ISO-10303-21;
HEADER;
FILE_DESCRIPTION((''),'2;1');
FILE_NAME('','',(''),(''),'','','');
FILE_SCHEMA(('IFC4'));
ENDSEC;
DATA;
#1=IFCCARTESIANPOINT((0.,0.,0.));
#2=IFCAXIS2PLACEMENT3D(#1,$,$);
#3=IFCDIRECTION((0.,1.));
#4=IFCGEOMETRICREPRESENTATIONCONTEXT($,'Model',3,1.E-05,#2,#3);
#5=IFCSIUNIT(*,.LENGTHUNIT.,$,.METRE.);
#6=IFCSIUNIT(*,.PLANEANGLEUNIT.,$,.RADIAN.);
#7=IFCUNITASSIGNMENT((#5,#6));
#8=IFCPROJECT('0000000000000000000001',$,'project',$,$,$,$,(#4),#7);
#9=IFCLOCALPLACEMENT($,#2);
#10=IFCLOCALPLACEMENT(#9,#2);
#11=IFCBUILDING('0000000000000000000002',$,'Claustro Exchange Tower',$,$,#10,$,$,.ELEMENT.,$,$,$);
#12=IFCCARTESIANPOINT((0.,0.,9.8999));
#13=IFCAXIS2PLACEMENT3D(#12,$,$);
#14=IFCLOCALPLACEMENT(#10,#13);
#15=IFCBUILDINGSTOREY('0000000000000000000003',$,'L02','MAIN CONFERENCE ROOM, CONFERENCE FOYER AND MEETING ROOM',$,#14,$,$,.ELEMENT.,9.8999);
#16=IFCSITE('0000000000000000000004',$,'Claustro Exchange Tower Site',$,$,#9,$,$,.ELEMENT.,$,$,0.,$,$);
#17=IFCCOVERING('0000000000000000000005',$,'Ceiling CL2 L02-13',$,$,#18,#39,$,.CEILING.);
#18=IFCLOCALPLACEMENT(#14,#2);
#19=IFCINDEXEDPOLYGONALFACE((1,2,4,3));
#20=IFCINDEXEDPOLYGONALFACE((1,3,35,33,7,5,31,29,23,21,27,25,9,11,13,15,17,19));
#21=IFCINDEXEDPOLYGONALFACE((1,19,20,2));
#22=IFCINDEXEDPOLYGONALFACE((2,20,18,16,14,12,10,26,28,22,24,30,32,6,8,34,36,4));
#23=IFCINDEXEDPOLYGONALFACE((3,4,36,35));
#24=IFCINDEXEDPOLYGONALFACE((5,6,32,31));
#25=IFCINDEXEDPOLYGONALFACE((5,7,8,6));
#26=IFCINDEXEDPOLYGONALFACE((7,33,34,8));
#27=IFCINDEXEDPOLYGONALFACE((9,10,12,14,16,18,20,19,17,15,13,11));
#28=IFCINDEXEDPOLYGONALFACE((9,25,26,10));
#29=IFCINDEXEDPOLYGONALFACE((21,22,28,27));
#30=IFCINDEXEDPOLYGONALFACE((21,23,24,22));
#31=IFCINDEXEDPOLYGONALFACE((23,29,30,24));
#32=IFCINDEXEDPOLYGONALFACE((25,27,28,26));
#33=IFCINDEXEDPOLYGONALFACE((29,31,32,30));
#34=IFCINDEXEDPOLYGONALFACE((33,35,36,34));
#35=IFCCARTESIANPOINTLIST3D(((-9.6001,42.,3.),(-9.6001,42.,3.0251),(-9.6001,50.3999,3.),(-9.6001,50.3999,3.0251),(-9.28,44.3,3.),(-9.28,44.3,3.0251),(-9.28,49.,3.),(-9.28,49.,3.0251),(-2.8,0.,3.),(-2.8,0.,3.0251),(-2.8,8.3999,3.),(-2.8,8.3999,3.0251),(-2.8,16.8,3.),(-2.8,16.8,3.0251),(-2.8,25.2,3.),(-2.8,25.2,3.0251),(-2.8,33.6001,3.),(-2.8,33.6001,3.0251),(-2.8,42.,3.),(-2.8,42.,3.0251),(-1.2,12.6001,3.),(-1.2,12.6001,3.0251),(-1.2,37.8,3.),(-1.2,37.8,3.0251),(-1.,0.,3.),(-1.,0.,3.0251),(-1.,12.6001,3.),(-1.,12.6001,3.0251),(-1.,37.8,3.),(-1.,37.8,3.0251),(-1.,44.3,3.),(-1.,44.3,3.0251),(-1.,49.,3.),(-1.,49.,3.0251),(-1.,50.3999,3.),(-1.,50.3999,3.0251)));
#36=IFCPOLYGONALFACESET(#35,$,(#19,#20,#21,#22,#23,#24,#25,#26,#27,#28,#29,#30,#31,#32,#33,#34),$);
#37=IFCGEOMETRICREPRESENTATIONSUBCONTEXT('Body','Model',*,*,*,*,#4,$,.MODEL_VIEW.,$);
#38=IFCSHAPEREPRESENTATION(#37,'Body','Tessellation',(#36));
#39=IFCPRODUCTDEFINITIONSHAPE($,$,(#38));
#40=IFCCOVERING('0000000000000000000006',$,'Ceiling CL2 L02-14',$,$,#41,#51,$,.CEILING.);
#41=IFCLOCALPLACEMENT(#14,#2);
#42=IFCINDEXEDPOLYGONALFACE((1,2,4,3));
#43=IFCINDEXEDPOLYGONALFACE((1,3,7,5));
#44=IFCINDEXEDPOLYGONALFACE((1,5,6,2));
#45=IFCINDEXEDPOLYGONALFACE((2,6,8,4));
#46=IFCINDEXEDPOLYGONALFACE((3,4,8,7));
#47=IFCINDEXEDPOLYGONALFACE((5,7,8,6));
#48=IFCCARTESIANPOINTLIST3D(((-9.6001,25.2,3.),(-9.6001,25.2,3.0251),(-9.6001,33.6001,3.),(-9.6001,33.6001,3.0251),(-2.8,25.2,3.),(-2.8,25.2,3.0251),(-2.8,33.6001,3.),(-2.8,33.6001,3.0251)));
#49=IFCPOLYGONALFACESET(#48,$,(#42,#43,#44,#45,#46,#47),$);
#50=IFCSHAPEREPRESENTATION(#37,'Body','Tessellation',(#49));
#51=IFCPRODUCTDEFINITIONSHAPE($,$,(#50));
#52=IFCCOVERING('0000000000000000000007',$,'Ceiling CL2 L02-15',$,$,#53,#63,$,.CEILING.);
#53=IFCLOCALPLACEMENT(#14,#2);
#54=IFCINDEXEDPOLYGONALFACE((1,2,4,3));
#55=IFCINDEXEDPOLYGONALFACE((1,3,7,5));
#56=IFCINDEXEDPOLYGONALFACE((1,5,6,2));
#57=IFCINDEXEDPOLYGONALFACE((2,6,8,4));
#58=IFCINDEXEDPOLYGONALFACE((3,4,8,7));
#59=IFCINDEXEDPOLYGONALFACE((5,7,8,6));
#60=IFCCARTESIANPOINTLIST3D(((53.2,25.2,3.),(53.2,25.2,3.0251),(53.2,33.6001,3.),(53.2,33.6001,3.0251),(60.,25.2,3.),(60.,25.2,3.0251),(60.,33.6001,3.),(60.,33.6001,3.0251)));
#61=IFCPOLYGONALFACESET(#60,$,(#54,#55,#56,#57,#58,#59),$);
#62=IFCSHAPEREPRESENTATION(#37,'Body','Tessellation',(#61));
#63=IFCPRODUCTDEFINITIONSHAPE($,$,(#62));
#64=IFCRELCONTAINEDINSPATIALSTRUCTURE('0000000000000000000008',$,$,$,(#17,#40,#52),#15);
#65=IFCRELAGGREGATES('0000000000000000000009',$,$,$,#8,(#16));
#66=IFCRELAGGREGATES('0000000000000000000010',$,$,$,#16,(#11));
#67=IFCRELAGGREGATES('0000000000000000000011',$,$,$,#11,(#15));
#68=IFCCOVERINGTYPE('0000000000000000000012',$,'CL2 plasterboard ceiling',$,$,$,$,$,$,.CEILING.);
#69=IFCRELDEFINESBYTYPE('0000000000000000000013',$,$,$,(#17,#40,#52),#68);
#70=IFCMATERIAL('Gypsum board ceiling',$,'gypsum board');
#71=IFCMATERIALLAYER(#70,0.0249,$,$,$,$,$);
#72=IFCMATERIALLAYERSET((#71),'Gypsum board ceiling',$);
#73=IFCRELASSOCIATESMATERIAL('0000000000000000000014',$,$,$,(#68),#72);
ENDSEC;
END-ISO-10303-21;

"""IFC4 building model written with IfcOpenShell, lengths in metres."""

from ifc_helpers import new_model, si_unit, direction, frame, origin, place, context, subcontext, project, spatial, polyline, outline, extrude, material, layer, layer_set, type_object, element, save


model = new_model("IFC4")

# Units and contexts
model_context = context("Model", 3, precision=1e-05, world=origin(), true_north=direction((0.0, 1.0)))
body_context = subcontext(model_context, "Body", "Model", "MODEL_VIEW")
ifc_project = project(units=[si_unit("LENGTHUNIT", "METRE"), si_unit("PLANEANGLEUNIT", "RADIAN")], contexts=[model_context])

# Site, building, storey
site_placement = place(None, origin())
site = spatial("IfcSite", under=ifc_project, at=site_placement, Name="Claustro Exchange Tower Site", CompositionType="ELEMENT", RefElevation=0.0)
building_placement = place(site_placement, origin())
building = spatial("IfcBuilding", under=site, at=building_placement, Name="Claustro Exchange Tower", CompositionType="ELEMENT")
storey_placement = place(building_placement, frame((0.0, 0.0, 9.8999)))
storey = spatial("IfcBuildingStorey", under=building, at=storey_placement, Name="L02", Description="MAIN CONFERENCE ROOM, CONFERENCE FOYER AND MEETING ROOM", CompositionType="ELEMENT", Elevation=9.8999)

# Coverings
ifc_material_1 = material(Name="Gypsum board ceiling", Category="gypsum board")
ifc_layer_1 = layer(ifc_material_1, 0.0249)
ifc_layer_set_1 = layer_set([ifc_layer_1], Name="Gypsum board ceiling")
covering_type = type_object("IfcCoveringType", Name="CL2 plasterboard ceiling", PredefinedType="CEILING", material=ifc_layer_set_1)
covering_1_placement = place(storey_placement, frame((0.0, 0.0, 3.0)))
element("IfcCovering", 1, at=covering_1_placement, inside=storey, type_object=covering_type, Name="Ceiling CL2 L02-13", PredefinedType="CEILING", context=body_context, shape_type="SweptSolid", body=[
    extrude(outline(polyline([(-1.0, 50.3999), (-9.6001, 50.3999), (-9.6001, 42.0), (-2.8, 42.0), (-2.8, 33.6001), (-2.8, 25.2), (-2.8, 16.8), (-2.8, 8.3999), (-2.8, 0.0), (-1.0, 0.0), (-1.0, 12.6001), (-1.2, 12.6001), (-1.2, 37.8), (-1.0, 37.8), (-1.0, 44.3), (-9.28, 44.3), (-9.28, 49.0), (-1.0, 49.0), (-1.0, 50.3999)])), origin(), (0.0, 0.0, 1.0), 0.0251),
])
covering_2_placement = place(storey_placement, frame((0.0, 0.0, 3.0)))
element("IfcCovering", 2, at=covering_2_placement, inside=storey, type_object=covering_type, Name="Ceiling CL2 L02-14", PredefinedType="CEILING", context=body_context, shape_type="SweptSolid", body=[
    extrude(outline(polyline([(-9.6001, 33.6001), (-9.6001, 25.2), (-2.8, 25.2), (-2.8, 33.6001), (-9.6001, 33.6001)])), origin(), (0.0, 0.0, 1.0), 0.0251),
])
covering_3_placement = place(storey_placement, frame((0.0, 0.0, 3.0)))
element("IfcCovering", 3, at=covering_3_placement, inside=storey, type_object=covering_type, Name="Ceiling CL2 L02-15", PredefinedType="CEILING", context=body_context, shape_type="SweptSolid", body=[
    extrude(outline(polyline([(60.0, 25.2), (60.0, 33.6001), (53.2, 33.6001), (53.2, 25.2), (60.0, 25.2)])), origin(), (0.0, 0.0, 1.0), 0.0251),
])

save(model, "model.ifc")
